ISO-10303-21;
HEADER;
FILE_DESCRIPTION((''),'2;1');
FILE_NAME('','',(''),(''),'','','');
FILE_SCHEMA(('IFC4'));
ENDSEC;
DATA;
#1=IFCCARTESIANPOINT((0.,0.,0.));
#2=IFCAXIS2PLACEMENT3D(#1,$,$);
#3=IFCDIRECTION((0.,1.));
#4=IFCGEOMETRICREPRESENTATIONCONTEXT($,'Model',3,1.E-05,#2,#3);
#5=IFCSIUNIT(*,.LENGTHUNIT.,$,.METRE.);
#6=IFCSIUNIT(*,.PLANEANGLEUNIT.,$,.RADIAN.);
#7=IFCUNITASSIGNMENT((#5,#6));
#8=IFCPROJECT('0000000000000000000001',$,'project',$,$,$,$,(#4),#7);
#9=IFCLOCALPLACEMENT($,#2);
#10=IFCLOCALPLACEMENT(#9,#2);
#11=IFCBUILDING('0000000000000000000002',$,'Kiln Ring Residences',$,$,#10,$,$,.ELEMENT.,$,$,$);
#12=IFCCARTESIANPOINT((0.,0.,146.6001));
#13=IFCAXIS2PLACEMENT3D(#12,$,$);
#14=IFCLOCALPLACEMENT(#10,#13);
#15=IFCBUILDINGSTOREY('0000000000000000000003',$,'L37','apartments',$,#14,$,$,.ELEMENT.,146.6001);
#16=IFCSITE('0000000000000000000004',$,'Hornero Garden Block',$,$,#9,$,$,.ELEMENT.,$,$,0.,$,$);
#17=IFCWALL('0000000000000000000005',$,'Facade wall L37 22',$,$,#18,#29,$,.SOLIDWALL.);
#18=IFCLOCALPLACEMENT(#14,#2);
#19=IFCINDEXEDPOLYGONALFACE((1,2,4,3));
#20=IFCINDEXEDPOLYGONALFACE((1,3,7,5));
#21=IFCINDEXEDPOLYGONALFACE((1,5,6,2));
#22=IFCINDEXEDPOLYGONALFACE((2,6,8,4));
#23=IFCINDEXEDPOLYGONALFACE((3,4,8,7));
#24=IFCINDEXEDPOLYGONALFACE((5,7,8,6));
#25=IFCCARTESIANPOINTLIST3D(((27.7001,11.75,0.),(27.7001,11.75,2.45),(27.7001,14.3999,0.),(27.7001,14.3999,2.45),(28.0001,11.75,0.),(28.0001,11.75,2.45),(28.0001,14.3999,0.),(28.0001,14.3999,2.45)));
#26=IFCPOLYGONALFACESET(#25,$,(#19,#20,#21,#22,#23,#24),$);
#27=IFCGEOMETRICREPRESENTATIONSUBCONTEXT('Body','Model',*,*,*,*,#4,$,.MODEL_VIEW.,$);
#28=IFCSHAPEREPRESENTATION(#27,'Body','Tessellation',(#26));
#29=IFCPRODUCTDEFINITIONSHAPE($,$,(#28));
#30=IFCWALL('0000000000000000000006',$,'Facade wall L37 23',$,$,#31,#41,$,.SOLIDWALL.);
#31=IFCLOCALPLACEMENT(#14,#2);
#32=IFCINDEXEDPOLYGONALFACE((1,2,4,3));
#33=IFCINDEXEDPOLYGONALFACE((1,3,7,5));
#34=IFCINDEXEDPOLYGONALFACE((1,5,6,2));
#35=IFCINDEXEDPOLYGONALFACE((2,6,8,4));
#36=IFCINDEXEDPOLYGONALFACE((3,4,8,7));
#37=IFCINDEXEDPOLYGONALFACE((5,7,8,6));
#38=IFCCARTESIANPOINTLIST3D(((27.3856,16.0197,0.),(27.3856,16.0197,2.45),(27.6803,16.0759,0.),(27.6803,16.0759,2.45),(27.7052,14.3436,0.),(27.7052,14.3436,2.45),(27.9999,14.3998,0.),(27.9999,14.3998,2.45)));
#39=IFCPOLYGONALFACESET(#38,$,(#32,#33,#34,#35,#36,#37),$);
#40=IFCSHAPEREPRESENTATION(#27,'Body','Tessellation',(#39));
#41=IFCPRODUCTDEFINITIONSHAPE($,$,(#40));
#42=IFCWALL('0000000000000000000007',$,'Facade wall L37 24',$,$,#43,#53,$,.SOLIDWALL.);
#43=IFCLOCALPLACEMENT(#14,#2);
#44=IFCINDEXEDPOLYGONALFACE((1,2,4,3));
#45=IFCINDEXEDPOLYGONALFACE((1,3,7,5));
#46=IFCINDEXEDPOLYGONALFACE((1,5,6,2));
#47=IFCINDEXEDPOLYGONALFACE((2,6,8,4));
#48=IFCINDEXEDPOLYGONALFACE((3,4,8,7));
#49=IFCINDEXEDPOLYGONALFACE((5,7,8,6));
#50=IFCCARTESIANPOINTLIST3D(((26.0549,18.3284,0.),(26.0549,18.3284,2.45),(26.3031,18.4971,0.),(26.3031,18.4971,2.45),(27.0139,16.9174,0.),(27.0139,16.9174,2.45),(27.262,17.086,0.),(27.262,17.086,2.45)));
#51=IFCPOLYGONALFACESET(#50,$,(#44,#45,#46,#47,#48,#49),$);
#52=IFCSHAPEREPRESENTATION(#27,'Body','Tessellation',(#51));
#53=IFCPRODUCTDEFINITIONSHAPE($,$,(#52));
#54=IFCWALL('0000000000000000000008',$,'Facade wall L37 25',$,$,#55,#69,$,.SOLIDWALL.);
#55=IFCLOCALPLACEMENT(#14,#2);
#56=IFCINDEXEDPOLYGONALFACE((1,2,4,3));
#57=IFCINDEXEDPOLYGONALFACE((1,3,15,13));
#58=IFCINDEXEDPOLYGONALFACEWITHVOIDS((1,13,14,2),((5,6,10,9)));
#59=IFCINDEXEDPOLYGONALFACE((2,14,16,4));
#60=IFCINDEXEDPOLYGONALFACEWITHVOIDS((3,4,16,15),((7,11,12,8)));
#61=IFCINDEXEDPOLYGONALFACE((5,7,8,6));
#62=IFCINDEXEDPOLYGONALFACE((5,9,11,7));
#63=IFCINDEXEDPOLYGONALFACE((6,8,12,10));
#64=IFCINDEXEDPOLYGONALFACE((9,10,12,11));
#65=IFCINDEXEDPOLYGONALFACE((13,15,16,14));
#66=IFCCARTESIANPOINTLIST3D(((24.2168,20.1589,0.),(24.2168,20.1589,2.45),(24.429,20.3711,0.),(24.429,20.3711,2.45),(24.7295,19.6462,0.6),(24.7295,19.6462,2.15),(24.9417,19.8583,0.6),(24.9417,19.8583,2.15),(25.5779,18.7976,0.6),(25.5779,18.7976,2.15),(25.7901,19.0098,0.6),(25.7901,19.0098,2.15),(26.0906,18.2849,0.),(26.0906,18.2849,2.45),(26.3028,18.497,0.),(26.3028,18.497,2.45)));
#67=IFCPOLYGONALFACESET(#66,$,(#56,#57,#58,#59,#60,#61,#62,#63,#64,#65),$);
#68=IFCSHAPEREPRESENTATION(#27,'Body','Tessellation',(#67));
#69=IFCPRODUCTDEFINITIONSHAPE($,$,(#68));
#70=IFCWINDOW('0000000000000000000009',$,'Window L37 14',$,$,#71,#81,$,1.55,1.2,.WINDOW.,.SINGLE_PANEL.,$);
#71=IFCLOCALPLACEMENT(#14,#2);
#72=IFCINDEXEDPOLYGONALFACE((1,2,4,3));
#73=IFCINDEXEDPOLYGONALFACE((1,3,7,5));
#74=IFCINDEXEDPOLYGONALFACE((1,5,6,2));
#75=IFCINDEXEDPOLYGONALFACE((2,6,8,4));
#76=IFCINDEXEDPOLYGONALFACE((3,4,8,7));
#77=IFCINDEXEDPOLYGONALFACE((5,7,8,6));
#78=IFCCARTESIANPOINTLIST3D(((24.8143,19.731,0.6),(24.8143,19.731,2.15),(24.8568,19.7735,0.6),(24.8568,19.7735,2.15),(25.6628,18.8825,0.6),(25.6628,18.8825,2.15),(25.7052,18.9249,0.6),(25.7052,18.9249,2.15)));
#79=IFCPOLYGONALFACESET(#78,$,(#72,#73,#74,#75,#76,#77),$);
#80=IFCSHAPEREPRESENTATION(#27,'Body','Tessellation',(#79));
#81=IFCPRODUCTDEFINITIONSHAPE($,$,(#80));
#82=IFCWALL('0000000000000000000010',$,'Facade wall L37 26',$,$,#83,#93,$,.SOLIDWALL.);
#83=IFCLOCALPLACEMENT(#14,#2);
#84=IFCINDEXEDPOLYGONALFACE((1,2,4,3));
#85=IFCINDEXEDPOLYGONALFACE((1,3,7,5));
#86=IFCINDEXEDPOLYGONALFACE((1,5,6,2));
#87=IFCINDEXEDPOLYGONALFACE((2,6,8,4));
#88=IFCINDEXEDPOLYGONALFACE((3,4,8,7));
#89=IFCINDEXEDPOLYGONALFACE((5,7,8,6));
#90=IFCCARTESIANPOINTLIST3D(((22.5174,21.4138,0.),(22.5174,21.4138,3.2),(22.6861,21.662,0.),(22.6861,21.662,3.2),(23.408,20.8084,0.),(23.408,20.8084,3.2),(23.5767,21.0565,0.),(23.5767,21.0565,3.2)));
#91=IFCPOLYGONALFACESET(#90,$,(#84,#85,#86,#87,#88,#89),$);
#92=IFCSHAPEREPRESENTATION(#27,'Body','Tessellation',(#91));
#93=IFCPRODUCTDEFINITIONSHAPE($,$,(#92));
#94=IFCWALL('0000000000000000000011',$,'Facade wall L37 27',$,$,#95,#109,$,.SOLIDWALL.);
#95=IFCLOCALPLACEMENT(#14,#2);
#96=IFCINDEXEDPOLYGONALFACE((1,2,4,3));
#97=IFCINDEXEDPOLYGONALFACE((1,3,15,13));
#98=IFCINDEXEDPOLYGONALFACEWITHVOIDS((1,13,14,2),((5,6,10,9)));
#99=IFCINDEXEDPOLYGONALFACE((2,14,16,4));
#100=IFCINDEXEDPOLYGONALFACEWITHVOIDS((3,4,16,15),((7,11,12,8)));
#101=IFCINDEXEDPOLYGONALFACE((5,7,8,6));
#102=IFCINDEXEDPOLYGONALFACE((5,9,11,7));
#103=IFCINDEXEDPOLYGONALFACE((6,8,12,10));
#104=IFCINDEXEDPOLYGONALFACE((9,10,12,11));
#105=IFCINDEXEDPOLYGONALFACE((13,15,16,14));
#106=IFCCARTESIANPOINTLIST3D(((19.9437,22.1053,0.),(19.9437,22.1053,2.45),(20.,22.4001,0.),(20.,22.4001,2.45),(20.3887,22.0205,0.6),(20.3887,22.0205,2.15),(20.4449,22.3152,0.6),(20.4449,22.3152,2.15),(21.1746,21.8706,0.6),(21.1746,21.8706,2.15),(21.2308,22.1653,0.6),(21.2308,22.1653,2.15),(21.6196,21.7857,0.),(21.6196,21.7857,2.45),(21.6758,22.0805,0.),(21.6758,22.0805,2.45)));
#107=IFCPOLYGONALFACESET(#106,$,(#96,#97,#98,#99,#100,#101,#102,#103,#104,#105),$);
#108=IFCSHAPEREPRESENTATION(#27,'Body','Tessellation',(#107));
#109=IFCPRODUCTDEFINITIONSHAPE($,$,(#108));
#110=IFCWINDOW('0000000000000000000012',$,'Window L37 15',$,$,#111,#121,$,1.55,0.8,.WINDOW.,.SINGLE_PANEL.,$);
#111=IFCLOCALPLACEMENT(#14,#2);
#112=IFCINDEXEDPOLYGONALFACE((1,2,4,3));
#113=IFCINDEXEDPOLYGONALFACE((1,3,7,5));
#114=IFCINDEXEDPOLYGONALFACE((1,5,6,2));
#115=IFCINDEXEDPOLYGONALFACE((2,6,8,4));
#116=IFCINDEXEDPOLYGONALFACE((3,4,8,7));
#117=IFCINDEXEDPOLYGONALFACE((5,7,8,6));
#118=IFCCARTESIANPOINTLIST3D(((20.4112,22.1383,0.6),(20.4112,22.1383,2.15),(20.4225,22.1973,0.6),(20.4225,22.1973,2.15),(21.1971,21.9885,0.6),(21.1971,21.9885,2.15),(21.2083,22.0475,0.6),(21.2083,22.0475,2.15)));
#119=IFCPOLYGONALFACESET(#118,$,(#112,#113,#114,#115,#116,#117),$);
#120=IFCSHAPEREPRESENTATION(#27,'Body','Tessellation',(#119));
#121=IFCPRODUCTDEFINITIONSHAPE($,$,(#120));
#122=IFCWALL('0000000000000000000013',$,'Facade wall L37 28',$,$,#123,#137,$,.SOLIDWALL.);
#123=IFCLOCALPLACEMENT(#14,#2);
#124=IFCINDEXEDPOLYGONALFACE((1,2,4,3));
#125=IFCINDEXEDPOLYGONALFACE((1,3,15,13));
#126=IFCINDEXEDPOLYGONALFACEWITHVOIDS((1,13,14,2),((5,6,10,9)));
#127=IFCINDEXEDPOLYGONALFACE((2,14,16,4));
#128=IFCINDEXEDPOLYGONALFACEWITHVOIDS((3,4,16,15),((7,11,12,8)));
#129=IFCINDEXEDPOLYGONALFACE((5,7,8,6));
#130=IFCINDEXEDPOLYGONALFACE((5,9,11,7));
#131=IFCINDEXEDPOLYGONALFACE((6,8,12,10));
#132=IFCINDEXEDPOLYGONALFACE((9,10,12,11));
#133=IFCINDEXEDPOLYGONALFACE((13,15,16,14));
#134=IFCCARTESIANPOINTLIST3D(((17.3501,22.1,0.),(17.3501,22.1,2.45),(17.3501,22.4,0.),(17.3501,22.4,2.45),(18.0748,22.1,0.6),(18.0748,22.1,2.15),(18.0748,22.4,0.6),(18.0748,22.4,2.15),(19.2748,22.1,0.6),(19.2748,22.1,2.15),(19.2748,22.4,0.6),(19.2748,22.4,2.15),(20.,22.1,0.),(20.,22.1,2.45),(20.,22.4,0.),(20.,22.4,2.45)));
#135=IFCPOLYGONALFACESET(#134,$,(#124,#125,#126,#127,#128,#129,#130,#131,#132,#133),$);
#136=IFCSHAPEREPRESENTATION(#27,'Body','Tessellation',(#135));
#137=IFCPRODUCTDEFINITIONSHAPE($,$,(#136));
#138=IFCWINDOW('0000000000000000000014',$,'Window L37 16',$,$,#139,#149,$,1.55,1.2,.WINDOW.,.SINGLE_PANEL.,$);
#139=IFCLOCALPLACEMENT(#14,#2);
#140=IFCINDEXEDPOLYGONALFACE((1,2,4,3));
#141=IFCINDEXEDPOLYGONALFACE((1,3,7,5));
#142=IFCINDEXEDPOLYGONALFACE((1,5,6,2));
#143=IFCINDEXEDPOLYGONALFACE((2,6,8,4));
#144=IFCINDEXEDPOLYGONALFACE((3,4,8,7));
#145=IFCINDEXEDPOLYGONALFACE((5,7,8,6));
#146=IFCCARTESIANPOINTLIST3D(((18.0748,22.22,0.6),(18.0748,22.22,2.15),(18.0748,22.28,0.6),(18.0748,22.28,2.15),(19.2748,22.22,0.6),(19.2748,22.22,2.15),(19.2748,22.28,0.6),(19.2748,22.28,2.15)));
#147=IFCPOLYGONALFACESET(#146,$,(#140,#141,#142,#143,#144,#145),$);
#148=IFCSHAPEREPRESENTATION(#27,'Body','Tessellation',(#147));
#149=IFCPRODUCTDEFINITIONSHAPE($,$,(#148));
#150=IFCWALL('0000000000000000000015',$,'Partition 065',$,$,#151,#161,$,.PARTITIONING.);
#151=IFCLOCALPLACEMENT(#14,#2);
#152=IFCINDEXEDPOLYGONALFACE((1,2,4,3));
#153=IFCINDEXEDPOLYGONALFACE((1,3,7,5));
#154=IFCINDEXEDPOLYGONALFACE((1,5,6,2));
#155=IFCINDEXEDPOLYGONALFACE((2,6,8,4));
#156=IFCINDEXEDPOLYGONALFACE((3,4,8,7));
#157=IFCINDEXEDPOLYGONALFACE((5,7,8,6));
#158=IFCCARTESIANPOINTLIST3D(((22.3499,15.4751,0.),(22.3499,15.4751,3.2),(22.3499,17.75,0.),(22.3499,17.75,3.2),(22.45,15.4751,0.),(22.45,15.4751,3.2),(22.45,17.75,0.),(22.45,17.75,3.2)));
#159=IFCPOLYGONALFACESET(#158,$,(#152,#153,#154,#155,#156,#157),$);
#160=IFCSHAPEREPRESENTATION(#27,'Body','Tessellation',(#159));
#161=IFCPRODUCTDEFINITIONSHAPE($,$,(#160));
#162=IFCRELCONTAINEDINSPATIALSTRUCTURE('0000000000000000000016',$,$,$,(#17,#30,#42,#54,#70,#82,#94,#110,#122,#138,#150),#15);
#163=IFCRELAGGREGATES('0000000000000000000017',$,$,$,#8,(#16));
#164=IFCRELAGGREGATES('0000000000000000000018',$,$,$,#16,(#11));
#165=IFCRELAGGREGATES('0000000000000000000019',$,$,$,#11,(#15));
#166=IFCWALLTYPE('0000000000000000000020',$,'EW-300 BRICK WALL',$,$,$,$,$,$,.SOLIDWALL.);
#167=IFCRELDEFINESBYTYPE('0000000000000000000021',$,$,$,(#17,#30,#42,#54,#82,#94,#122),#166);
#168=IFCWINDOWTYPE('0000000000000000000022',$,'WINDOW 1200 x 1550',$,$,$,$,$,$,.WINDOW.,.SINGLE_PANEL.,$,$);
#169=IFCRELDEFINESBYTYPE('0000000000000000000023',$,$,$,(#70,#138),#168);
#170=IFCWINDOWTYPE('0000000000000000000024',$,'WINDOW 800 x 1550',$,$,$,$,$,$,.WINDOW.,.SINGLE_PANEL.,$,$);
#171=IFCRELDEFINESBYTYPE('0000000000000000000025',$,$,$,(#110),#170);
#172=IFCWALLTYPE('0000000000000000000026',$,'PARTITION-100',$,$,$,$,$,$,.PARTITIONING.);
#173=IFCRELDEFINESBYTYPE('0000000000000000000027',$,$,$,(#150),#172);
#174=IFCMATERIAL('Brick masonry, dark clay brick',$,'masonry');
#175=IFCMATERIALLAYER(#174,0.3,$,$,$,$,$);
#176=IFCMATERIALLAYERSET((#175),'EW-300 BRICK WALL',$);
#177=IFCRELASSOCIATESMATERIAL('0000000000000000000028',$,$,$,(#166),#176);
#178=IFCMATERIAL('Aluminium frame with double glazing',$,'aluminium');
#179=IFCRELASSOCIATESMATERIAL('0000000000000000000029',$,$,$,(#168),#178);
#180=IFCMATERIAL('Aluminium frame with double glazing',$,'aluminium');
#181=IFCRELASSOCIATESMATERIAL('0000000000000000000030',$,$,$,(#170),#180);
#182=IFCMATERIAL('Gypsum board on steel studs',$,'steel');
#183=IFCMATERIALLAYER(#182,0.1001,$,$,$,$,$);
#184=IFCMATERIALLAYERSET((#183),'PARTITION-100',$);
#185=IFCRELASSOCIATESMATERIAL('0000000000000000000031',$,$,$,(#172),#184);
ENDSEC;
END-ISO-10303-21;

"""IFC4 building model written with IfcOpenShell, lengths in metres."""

from ifc_helpers import new_model, si_unit, direction, frame, frame_2d, origin, place, context, subcontext, project, spatial, rectangle, extrude, material, layer, layer_set, type_object, element, fill, save


model = new_model("IFC4")

# Units and contexts
model_context = context("Model", 3, precision=1e-05, world=origin(), true_north=direction((0.0, 1.0)))
body_context = subcontext(model_context, "Body", "Model", "MODEL_VIEW")
ifc_project = project(units=[si_unit("LENGTHUNIT", "METRE"), si_unit("PLANEANGLEUNIT", "RADIAN")], contexts=[model_context])

# Site, building, storey
site_placement = place(None, origin())
site = spatial("IfcSite", under=ifc_project, at=site_placement, Name="Hornero Garden Block", CompositionType="ELEMENT", RefElevation=0.0)
building_placement = place(site_placement, origin())
building = spatial("IfcBuilding", under=site, at=building_placement, Name="Kiln Ring Residences", CompositionType="ELEMENT")
storey_placement = place(building_placement, frame((0.0, 0.0, 146.6001)))
storey = spatial("IfcBuildingStorey", under=building, at=storey_placement, Name="L37", Description="apartments", CompositionType="ELEMENT", Elevation=146.6001)

# Walls
ifc_material_1 = material(Name="Brick masonry, dark clay brick", Category="masonry")
ifc_layer_1 = layer(ifc_material_1, 0.3)
ifc_layer_set_1 = layer_set([ifc_layer_1], Name="EW-300 BRICK WALL")
wall_type_1 = type_object("IfcWallType", Name="EW-300 BRICK WALL", PredefinedType="SOLIDWALL", material=ifc_layer_set_1)
wall_1_placement = place(storey_placement, frame((27.8501, 11.75, 0.0), z_axis=(0.0, 0.0, 1.0), x_axis=(0.0, 1.0, 0.0)))
element("IfcWall", 1, at=wall_1_placement, inside=storey, type_object=wall_type_1, Name="Facade wall L37 22", PredefinedType="SOLIDWALL", context=body_context, shape_type="SweptSolid", body=[
    extrude(rectangle(XDim=2.6499, YDim=0.3, at=frame_2d((1.325, 0.0))), origin(), (0.0, 0.0, 1.0), 2.45),
])
wall_2_placement = place(storey_placement, frame((27.8525, 14.3718, 0.0), z_axis=(0.0, 0.0, 1.0), x_axis=(-0.187303, 0.982302, 0.0)))
element("IfcWall", 2, at=wall_2_placement, inside=storey, type_object=wall_type_1, Name="Facade wall L37 23", PredefinedType="SOLIDWALL", context=body_context, shape_type="SweptSolid", body=[
    extrude(rectangle(XDim=1.7063, YDim=0.3, at=frame_2d((0.853, 0.0))), origin(), (0.0, 0.0, 1.0), 2.45),
])
wall_3_placement = place(storey_placement, frame((27.1379, 17.0017, 0.0), z_axis=(0.0, 0.0, 1.0), x_axis=(-0.562075, 0.827086, 0.0)))
element("IfcWall", 3, at=wall_3_placement, inside=storey, type_object=wall_type_1, Name="Facade wall L37 24", PredefinedType="SOLIDWALL", context=body_context, shape_type="SweptSolid", body=[
    extrude(rectangle(XDim=1.7061, YDim=0.3, at=frame_2d((0.853, 0.0))), origin(), (0.0, 0.0, 1.0), 2.45),
])

# Wall, opening, window
wall_4_placement = place(storey_placement, frame((26.1968, 18.3909, 0.0), z_axis=(0.0, 0.0, 1.0), x_axis=(-0.707061, 0.707153, 0.0)))
wall_4 = element("IfcWall", 4, at=wall_4_placement, inside=storey, type_object=wall_type_1, Name="Facade wall L37 25", PredefinedType="SOLIDWALL", context=body_context, shape_type="SweptSolid", body=[
    extrude(rectangle(XDim=2.6501, YDim=0.3, at=frame_2d((1.3252, 0.0))), origin(), (0.0, 0.0, 1.0), 2.45),
])
opening_1_placement = place(wall_4_placement, frame((0.7251, 0.0, 0.6001)))
opening_1 = element("IfcOpeningElement", 5, at=opening_1_placement, cuts=wall_4, PredefinedType="OPENING", context=body_context, shape_type="SweptSolid", body=[
    extrude(rectangle(XDim=1.2, YDim=1.55, at=frame_2d((0.6001, 0.7749))), frame((0.0, 0.1599, 0.0), z_axis=(0.0, -1.0, 0.0), x_axis=(1.0, 0.0, 0.0)), (0.0, 0.0, 1.0), 0.3201),
])
ifc_material_2 = material(Name="Aluminium frame with double glazing", Category="aluminium")
window_type_1 = type_object("IfcWindowType", Name="WINDOW 1200 x 1550", PartitioningType="SINGLE_PANEL", PredefinedType="WINDOW", material=ifc_material_2)
window_1_placement = place(opening_1_placement, origin())
window_1 = element("IfcWindow", 6, at=window_1_placement, inside=storey, type_object=window_type_1, Name="Window L37 14", OverallHeight=1.55, OverallWidth=1.2, PartitioningType="SINGLE_PANEL", PredefinedType="WINDOW", context=body_context, shape_type="SweptSolid", body=[
    extrude(rectangle(XDim=1.2, YDim=1.55, at=frame_2d((0.6001, 0.7749))), frame((0.0, 0.03, 0.0), z_axis=(0.0, -1.0, 0.0), x_axis=(1.0, 0.0, 0.0)), (0.0, 0.0, 1.0), 0.0601),
])
fill(opening_1, window_1)

# Wall
wall_5_placement = place(storey_placement, frame((23.4924, 20.9324, 0.0), z_axis=(0.0, 0.0, 1.0), x_axis=(-0.826994, 0.562211, 0.0)))
element("IfcWall", 7, at=wall_5_placement, inside=storey, type_object=wall_type_1, Name="Facade wall L37 26", PredefinedType="SOLIDWALL", context=body_context, shape_type="SweptSolid", body=[
    extrude(rectangle(XDim=1.0769, YDim=0.3, at=frame_2d((0.5386, 0.0))), origin(), (0.0, 0.0, 1.0), 3.2),
])

# Walls, openings, windows
wall_6_placement = place(storey_placement, frame((21.6477, 21.9331, 0.0), z_axis=(0.0, 0.0, 1.0), x_axis=(-0.982297, 0.187329, 0.0)))
wall_6 = element("IfcWall", 8, at=wall_6_placement, inside=storey, type_object=wall_type_1, Name="Facade wall L37 27", PredefinedType="SOLIDWALL", context=body_context, shape_type="SweptSolid", body=[
    extrude(rectangle(XDim=1.7061, YDim=0.3, at=frame_2d((0.853, 0.0))), origin(), (0.0, 0.0, 1.0), 2.45),
])
opening_2_placement = place(wall_6_placement, frame((0.4531, 0.0, 0.6001)))
opening_2 = element("IfcOpeningElement", 9, at=opening_2_placement, cuts=wall_6, PredefinedType="OPENING", context=body_context, shape_type="SweptSolid", body=[
    extrude(rectangle(XDim=0.8, YDim=1.55, at=frame_2d((0.3999, 0.7749))), frame((0.0, 0.1599, 0.0), z_axis=(0.0, -1.0, 0.0), x_axis=(1.0, 0.0, 0.0)), (0.0, 0.0, 1.0), 0.3201),
])
ifc_material_3 = material(Name="Aluminium frame with double glazing", Category="aluminium")
window_type_2 = type_object("IfcWindowType", Name="WINDOW 800 x 1550", PartitioningType="SINGLE_PANEL", PredefinedType="WINDOW", material=ifc_material_3)
window_2_placement = place(opening_2_placement, origin())
window_2 = element("IfcWindow", 10, at=window_2_placement, inside=storey, type_object=window_type_2, Name="Window L37 15", OverallHeight=1.55, OverallWidth=0.8, PartitioningType="SINGLE_PANEL", PredefinedType="WINDOW", context=body_context, shape_type="SweptSolid", body=[
    extrude(rectangle(XDim=0.8, YDim=1.55, at=frame_2d((0.3999, 0.7749))), frame((0.0, 0.03, 0.0), z_axis=(0.0, -1.0, 0.0), x_axis=(1.0, 0.0, 0.0)), (0.0, 0.0, 1.0), 0.0601),
])
fill(opening_2, window_2)
wall_7_placement = place(storey_placement, frame((20.0, 22.25, 0.0), z_axis=(0.0, 0.0, 1.0), x_axis=(-1.0, 0.0, 0.0)))
wall_7 = element("IfcWall", 11, at=wall_7_placement, inside=storey, type_object=wall_type_1, Name="Facade wall L37 28", PredefinedType="SOLIDWALL", context=body_context, shape_type="SweptSolid", body=[
    extrude(rectangle(XDim=2.6499, YDim=0.3, at=frame_2d((1.325, 0.0))), origin(), (0.0, 0.0, 1.0), 2.45),
])
opening_3_placement = place(wall_7_placement, frame((0.7251, 0.0, 0.6001)))
opening_3 = element("IfcOpeningElement", 12, at=opening_3_placement, cuts=wall_7, PredefinedType="OPENING", context=body_context, shape_type="SweptSolid", body=[
    extrude(rectangle(XDim=1.2, YDim=1.55, at=frame_2d((0.6001, 0.7749))), frame((0.0, 0.1599, 0.0), z_axis=(0.0, -1.0, 0.0), x_axis=(1.0, 0.0, 0.0)), (0.0, 0.0, 1.0), 0.3201),
])
window_3_placement = place(opening_3_placement, origin())
window_3 = element("IfcWindow", 13, at=window_3_placement, inside=storey, type_object=window_type_1, Name="Window L37 16", OverallHeight=1.55, OverallWidth=1.2, PartitioningType="SINGLE_PANEL", PredefinedType="WINDOW", context=body_context, shape_type="SweptSolid", body=[
    extrude(rectangle(XDim=1.2, YDim=1.55, at=frame_2d((0.6001, 0.7749))), frame((0.0, 0.03, 0.0), z_axis=(0.0, -1.0, 0.0), x_axis=(1.0, 0.0, 0.0)), (0.0, 0.0, 1.0), 0.0601),
])
fill(opening_3, window_3)

# Wall
ifc_material_4 = material(Name="Gypsum board on steel studs", Category="steel")
ifc_layer_2 = layer(ifc_material_4, 0.1001)
ifc_layer_set_2 = layer_set([ifc_layer_2], Name="PARTITION-100")
wall_type_2 = type_object("IfcWallType", Name="PARTITION-100", PredefinedType="PARTITIONING", material=ifc_layer_set_2)
wall_8_placement = place(storey_placement, frame((22.3999, 15.4751, 0.0), z_axis=(0.0, 0.0, 1.0), x_axis=(0.0, 1.0, 0.0)))
element("IfcWall", 14, at=wall_8_placement, inside=storey, type_object=wall_type_2, Name="Partition 065", PredefinedType="PARTITIONING", context=body_context, shape_type="SweptSolid", body=[
    extrude(rectangle(XDim=2.2749, YDim=0.1001, at=frame_2d((1.1375, 0.0))), origin(), (0.0, 0.0, 1.0), 3.2),
])

save(model, "model.ifc")
